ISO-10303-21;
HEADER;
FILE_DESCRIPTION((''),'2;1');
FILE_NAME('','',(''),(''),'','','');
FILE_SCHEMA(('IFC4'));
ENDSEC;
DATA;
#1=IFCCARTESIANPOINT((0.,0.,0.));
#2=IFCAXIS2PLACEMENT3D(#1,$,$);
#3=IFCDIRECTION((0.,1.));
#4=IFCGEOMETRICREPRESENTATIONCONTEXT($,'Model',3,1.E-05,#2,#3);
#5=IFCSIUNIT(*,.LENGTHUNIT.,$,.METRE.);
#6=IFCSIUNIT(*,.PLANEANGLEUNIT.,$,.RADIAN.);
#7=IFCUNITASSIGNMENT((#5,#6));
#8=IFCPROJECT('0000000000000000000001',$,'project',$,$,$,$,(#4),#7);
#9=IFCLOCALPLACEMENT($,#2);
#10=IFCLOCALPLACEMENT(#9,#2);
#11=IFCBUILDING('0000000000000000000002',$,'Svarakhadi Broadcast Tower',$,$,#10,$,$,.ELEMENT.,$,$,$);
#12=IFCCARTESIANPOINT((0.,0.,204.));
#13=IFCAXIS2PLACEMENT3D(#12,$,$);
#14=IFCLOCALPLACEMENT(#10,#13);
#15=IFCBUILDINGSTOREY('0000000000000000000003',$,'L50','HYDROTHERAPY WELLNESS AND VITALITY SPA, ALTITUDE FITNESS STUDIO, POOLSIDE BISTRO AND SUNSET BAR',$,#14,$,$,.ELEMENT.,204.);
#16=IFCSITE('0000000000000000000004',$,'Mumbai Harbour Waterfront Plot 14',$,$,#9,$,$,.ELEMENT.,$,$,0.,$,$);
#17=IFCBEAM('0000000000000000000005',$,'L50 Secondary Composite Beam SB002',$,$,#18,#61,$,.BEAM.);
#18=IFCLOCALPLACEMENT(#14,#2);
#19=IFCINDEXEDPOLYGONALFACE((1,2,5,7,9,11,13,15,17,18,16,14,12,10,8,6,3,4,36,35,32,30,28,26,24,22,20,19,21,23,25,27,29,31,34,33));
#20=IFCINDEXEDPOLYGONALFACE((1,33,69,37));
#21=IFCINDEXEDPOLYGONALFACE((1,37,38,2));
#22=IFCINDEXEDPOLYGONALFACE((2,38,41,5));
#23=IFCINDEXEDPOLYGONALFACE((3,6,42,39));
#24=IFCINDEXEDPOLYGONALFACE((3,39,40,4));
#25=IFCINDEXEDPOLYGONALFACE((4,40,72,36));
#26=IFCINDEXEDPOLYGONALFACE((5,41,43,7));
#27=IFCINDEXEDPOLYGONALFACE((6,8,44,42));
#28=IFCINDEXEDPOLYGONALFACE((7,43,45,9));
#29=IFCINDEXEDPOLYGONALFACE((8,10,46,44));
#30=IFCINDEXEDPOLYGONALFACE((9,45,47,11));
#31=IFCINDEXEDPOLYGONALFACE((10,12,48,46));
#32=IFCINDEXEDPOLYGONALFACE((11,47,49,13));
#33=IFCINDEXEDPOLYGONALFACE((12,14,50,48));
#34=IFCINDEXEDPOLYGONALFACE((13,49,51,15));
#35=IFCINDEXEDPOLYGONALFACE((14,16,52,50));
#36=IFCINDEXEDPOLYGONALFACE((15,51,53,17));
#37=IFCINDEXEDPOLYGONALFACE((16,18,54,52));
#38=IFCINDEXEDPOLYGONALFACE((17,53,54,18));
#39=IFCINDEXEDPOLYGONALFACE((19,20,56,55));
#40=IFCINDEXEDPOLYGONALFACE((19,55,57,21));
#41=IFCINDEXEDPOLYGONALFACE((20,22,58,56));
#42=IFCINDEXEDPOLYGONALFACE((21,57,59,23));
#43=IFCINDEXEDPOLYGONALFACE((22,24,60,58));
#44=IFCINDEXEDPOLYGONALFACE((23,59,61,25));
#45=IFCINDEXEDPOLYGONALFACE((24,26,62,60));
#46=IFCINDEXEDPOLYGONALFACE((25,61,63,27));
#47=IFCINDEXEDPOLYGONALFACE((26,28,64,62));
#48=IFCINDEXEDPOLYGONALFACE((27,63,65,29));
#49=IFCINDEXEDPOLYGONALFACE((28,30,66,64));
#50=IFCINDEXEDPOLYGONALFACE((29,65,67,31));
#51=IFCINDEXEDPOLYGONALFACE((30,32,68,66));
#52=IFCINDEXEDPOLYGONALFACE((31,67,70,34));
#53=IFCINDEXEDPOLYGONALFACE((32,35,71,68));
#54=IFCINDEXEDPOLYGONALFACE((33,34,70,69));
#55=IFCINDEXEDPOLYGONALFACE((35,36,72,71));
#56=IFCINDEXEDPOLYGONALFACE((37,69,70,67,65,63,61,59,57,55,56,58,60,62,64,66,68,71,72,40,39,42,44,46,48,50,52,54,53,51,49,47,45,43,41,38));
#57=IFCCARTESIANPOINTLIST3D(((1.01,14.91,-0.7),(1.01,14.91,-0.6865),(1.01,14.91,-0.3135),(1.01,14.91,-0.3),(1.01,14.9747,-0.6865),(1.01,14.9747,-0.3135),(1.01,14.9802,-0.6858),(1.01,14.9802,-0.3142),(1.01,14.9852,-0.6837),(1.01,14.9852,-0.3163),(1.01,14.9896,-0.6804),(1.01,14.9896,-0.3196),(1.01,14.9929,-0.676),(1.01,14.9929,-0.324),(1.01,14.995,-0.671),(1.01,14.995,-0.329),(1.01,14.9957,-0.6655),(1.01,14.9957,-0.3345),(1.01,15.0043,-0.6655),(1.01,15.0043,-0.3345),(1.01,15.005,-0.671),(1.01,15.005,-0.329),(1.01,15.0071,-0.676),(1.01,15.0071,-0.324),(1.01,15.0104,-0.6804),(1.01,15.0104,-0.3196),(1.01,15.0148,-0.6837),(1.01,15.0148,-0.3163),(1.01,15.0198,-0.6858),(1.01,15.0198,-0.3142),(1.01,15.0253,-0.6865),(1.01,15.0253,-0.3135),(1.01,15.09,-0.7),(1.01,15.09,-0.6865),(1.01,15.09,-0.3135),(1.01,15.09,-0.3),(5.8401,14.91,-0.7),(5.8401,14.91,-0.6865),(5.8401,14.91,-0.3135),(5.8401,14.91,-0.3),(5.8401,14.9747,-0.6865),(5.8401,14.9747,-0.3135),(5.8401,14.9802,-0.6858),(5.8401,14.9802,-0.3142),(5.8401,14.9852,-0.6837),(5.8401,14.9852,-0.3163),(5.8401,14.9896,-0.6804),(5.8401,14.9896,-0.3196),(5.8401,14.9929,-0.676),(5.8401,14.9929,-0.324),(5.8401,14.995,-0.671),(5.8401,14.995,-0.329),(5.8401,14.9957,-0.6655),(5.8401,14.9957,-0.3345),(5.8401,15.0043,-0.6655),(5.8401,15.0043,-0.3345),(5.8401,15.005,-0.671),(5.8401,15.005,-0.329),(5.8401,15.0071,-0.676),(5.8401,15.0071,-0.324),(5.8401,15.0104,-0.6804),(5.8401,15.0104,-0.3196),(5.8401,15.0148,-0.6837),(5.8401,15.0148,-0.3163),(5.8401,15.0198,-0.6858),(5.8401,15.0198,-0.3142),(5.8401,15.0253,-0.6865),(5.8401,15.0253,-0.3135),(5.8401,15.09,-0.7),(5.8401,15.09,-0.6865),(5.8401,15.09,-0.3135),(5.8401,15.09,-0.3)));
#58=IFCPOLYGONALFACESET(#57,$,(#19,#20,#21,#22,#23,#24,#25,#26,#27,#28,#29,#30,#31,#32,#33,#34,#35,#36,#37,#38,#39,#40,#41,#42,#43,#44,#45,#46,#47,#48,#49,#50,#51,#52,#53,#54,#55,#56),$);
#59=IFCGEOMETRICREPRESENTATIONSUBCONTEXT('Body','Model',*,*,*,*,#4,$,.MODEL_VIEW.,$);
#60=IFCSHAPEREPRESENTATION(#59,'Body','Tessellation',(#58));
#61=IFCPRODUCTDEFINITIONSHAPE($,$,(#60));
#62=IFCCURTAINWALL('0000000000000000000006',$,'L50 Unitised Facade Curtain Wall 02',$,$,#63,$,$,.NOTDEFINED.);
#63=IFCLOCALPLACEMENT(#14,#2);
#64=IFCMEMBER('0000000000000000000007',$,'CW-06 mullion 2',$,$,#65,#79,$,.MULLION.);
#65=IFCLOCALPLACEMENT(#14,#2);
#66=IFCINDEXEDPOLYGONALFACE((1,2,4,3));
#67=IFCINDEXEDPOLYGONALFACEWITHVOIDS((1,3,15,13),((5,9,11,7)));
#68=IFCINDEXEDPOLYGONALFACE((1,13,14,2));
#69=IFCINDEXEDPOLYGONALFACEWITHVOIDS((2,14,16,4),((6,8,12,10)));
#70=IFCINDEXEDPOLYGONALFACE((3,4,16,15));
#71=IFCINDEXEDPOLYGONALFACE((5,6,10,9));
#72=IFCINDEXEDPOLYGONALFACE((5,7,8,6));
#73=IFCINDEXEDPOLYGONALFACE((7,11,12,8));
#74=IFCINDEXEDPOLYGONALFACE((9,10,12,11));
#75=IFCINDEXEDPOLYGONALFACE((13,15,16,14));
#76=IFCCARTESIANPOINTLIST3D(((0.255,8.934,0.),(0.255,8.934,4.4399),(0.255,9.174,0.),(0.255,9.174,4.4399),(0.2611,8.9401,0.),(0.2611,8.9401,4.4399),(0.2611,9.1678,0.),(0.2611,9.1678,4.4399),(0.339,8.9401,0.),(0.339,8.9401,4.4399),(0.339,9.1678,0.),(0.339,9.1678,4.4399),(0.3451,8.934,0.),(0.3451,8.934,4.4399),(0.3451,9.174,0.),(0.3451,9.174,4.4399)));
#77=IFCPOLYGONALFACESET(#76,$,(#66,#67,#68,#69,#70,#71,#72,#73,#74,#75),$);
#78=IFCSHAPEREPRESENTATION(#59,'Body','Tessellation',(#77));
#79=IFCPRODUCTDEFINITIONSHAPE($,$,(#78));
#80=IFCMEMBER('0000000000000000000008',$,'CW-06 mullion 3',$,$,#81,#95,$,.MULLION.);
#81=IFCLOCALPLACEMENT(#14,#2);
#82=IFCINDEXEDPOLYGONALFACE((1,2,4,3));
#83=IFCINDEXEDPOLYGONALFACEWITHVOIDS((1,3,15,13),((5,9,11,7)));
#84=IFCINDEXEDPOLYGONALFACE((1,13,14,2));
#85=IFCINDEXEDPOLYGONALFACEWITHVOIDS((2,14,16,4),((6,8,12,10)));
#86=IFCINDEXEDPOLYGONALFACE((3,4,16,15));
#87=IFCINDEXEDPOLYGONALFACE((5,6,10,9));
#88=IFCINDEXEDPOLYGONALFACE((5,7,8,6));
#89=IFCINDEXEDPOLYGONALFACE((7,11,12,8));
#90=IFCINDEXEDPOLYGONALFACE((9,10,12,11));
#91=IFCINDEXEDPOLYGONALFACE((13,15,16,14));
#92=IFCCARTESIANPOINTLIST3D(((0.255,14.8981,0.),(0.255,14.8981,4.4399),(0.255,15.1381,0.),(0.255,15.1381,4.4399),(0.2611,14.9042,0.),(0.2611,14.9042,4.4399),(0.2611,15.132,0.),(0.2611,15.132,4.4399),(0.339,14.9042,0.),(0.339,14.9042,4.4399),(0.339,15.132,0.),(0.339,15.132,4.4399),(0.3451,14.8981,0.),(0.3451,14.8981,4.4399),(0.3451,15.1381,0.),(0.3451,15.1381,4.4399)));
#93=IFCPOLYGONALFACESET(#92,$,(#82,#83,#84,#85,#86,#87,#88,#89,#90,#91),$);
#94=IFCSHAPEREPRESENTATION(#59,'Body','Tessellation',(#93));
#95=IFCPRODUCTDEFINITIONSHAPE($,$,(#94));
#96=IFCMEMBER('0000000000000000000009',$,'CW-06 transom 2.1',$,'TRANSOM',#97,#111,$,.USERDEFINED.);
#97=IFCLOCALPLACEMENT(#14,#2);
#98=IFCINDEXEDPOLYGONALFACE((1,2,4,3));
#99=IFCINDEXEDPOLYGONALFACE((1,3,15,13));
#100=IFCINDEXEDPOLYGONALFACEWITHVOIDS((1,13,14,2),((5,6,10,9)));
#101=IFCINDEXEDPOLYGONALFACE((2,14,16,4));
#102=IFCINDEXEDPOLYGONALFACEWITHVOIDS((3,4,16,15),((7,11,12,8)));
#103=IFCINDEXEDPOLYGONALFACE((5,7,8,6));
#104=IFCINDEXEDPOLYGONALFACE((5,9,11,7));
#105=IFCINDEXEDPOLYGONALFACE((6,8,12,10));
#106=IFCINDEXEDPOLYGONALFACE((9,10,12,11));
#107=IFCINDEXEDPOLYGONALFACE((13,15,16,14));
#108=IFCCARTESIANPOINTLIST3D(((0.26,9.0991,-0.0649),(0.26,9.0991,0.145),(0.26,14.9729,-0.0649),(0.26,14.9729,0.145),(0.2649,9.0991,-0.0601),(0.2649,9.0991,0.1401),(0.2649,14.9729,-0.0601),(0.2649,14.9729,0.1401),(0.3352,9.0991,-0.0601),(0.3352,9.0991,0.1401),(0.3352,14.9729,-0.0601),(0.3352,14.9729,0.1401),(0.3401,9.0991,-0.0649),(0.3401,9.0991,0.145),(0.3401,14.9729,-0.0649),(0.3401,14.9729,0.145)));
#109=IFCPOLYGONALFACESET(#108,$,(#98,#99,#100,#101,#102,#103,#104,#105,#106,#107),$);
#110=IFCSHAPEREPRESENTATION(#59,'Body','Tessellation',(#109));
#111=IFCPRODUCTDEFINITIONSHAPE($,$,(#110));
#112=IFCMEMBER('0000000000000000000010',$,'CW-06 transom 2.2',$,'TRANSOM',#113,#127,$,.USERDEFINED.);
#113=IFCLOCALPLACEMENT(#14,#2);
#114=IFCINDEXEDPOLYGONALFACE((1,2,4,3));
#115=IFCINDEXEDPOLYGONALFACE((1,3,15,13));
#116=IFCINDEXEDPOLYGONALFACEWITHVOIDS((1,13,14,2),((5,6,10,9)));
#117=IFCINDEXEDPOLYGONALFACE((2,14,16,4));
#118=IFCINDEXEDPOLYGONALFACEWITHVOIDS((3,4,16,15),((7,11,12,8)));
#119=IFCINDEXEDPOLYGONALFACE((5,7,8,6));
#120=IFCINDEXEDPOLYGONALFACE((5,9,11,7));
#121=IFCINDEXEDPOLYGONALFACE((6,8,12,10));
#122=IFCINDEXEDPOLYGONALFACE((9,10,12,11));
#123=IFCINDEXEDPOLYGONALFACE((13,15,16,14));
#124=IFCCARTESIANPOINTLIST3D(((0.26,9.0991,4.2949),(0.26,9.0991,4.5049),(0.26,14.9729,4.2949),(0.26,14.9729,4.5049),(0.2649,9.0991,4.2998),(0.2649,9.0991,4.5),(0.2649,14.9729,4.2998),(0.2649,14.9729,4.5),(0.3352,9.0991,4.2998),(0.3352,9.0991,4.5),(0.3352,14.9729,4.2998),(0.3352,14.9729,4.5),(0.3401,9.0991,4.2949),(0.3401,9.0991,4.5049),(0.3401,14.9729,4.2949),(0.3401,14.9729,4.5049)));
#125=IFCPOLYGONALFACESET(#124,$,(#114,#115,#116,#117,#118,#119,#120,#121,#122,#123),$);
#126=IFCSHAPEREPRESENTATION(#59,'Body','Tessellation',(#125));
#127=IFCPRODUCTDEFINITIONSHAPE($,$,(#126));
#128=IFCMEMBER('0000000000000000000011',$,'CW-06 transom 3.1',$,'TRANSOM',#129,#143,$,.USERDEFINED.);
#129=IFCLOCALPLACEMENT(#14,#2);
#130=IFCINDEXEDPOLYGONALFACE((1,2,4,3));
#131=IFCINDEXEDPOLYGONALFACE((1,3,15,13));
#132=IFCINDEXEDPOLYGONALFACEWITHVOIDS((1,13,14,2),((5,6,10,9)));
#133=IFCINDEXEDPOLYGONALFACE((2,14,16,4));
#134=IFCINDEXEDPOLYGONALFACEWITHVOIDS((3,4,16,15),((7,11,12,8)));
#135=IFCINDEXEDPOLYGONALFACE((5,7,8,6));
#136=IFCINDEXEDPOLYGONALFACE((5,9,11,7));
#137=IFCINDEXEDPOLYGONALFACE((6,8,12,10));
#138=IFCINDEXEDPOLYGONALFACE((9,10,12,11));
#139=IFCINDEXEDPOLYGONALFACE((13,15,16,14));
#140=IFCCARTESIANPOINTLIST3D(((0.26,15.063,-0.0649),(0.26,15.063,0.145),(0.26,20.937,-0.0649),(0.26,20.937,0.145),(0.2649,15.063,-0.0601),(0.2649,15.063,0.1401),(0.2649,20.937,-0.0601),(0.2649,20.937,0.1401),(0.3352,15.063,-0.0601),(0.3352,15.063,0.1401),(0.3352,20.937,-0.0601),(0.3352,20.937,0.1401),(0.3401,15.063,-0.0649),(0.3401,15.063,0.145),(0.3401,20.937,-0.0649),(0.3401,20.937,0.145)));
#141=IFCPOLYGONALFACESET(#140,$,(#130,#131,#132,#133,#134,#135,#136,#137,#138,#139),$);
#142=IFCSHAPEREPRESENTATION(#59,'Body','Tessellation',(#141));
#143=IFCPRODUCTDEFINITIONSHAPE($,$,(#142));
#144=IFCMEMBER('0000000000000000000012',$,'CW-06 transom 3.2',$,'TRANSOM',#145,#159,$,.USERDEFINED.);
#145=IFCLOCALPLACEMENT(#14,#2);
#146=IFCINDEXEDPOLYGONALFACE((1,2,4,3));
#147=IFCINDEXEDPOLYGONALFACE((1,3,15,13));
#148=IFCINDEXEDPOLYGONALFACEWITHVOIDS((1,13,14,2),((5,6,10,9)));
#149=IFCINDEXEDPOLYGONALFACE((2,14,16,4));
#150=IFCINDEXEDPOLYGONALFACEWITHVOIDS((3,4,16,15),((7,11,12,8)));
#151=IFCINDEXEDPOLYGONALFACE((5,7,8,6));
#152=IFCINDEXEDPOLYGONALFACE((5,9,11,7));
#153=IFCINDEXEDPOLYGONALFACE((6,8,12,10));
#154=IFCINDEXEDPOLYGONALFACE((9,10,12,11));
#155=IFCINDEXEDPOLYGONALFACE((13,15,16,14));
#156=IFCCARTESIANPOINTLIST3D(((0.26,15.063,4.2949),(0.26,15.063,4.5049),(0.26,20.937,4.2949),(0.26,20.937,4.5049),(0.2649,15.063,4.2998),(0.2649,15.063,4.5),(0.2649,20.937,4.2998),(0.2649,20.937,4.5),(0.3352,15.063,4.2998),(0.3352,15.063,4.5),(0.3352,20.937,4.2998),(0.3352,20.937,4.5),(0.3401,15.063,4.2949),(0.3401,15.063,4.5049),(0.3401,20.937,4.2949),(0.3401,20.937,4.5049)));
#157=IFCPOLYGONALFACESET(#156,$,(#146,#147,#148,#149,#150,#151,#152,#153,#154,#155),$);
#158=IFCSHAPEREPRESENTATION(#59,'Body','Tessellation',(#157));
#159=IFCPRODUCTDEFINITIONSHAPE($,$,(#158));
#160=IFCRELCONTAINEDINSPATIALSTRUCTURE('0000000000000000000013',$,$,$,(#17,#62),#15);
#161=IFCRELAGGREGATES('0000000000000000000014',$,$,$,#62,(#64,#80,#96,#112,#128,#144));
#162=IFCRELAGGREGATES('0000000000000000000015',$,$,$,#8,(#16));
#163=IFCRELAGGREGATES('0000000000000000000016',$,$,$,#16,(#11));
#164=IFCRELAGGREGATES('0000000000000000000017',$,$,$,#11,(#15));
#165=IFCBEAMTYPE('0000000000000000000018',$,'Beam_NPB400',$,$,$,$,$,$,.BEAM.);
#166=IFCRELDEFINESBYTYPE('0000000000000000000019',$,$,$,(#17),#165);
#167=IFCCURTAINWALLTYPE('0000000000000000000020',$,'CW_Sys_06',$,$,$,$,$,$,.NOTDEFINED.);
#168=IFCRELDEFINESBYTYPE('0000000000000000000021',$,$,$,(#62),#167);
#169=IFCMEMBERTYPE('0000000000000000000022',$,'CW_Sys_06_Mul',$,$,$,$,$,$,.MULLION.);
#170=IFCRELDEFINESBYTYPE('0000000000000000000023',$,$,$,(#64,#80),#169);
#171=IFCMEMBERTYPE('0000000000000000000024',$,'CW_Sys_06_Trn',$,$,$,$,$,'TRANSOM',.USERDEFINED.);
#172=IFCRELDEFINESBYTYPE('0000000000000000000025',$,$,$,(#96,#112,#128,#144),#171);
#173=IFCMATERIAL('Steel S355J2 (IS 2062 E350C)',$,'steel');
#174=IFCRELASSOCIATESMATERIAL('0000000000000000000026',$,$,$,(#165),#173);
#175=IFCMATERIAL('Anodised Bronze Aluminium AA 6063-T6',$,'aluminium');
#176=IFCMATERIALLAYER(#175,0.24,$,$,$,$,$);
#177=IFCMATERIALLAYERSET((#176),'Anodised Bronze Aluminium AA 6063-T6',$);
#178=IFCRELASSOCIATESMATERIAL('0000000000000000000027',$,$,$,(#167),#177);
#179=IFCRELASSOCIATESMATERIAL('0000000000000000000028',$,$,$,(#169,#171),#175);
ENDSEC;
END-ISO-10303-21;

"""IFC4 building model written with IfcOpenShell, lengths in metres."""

from ifc_helpers import new_model, si_unit, direction, frame, origin, origin_2d, place, context, subcontext, project, spatial, hollow_rectangle, i_section, extrude, material, layer, layer_set, material_profile, profile_set, type_object, element, aggregate, save


model = new_model("IFC4")

# Units and contexts
model_context = context("Model", 3, precision=1e-05, world=origin(), true_north=direction((0.0, 1.0)))
body_context = subcontext(model_context, "Body", "Model", "MODEL_VIEW")
ifc_project = project(units=[si_unit("LENGTHUNIT", "METRE"), si_unit("PLANEANGLEUNIT", "RADIAN")], contexts=[model_context])

# Site, building, storey
site_placement = place(None, origin())
site = spatial("IfcSite", under=ifc_project, at=site_placement, Name="Mumbai Harbour Waterfront Plot 14", CompositionType="ELEMENT", RefElevation=0.0)
building_placement = place(site_placement, origin())
building = spatial("IfcBuilding", under=site, at=building_placement, Name="Svarakhadi Broadcast Tower", CompositionType="ELEMENT")
storey_placement = place(building_placement, frame((0.0, 0.0, 204.0)))
storey = spatial("IfcBuildingStorey", under=building, at=storey_placement, Name="L50", Description="HYDROTHERAPY WELLNESS AND VITALITY SPA, ALTITUDE FITNESS STUDIO, POOLSIDE BISTRO AND SUNSET BAR", CompositionType="ELEMENT", Elevation=204.0)

# Beam
ifc_material_1 = material(Name="Steel S355J2 (IS 2062 E350C)", Category="steel")
ifc_material_profile_1 = material_profile(ifc_material_1, i_section(OverallWidth=0.1799, OverallDepth=0.3999, WebThickness=0.0085, FlangeThickness=0.0134, FilletRadius=0.021, at=origin_2d()), Name="NPB 400x180x66")
ifc_profile_set_1 = profile_set([ifc_material_profile_1], Name="Steel S355J2 (IS 2062 E350C)")
beam_type_1 = type_object("IfcBeamType", Name="Beam_NPB400", PredefinedType="BEAM", material=ifc_profile_set_1)
for number, where, z_axis, x_axis, name in (
    (1, (1.01, 15.0, -0.5), (1.0, 0.0, 0.0), (0.0, 1.0, 0.0), "L50 Secondary Composite Beam SB002"),
):
    element("IfcBeam", number, at=place(storey_placement, frame(where, z_axis=z_axis, x_axis=x_axis)), inside=storey, type_object=beam_type_1, Name=name, PredefinedType="BEAM", context=body_context, shape_type="SweptSolid", body=[
        extrude(i_section(OverallWidth=0.1799, OverallDepth=0.3999, WebThickness=0.0085, FlangeThickness=0.0134, FilletRadius=0.021, at=origin_2d()), origin(), (0.0, 0.0, 1.0), 4.8301),
    ])

# Curtain wall, members
ifc_material_2 = material(Name="Anodised Bronze Aluminium AA 6063-T6", Category="aluminium")
ifc_layer_1 = layer(ifc_material_2, 0.24)
ifc_layer_set_1 = layer_set([ifc_layer_1], Name="Anodised Bronze Aluminium AA 6063-T6")
curtain_wall_type = type_object("IfcCurtainWallType", Name="CW_Sys_06", PredefinedType="NOTDEFINED", material=ifc_layer_set_1)
curtain_wall_placement = place(storey_placement, origin())
curtain_wall = element("IfcCurtainWall", 2, at=curtain_wall_placement, inside=storey, type_object=curtain_wall_type, Name="L50 Unitised Facade Curtain Wall 02", PredefinedType="NOTDEFINED")
ifc_material_profile_2 = material_profile(ifc_material_2, hollow_rectangle(XDim=0.0901, YDim=0.24, WallThickness=0.0061, at=origin_2d()), Name="ALU MULLION 240x90x6")
ifc_profile_set_2 = profile_set([ifc_material_profile_2], Name="Anodised Bronze Aluminium AA 6063-T6")
member_type_1 = type_object("IfcMemberType", Name="CW_Sys_06_Mul", PredefinedType="MULLION", material=ifc_profile_set_2)
member_1_placement = place(storey_placement, frame((0.3, 9.054, 0.0), z_axis=(0.0, 0.0, 1.0), x_axis=(-1.0, 0.0, 0.0)))
member_1 = element("IfcMember", 3, at=member_1_placement, type_object=member_type_1, Name="CW-06 mullion 2", PredefinedType="MULLION", context=body_context, shape_type="SweptSolid", body=[
    extrude(hollow_rectangle(XDim=0.0901, YDim=0.24, WallThickness=0.0061, at=origin_2d()), origin(), (0.0, 0.0, 1.0), 4.4399),
])
member_2_placement = place(storey_placement, frame((0.3, 15.0181, 0.0), z_axis=(0.0, 0.0, 1.0), x_axis=(-1.0, 0.0, 0.0)))
member_2 = element("IfcMember", 4, at=member_2_placement, type_object=member_type_1, Name="CW-06 mullion 3", PredefinedType="MULLION", context=body_context, shape_type="SweptSolid", body=[
    extrude(hollow_rectangle(XDim=0.0901, YDim=0.24, WallThickness=0.0061, at=origin_2d()), origin(), (0.0, 0.0, 1.0), 4.4399),
])
ifc_material_profile_3 = material_profile(ifc_material_2, hollow_rectangle(XDim=0.0801, YDim=0.21, WallThickness=0.0049, at=origin_2d()), Name="ALU TRANSOM 210x80x5")
ifc_profile_set_3 = profile_set([ifc_material_profile_3], Name="Anodised Bronze Aluminium AA 6063-T6")
member_type_2 = type_object("IfcMemberType", Name="CW_Sys_06_Trn", ElementType="TRANSOM", PredefinedType="USERDEFINED", material=ifc_profile_set_3)
member_3_placement = place(storey_placement, frame((0.3, 9.0991, 0.04), z_axis=(0.0, 1.0, 0.0), x_axis=(-1.0, 0.0, 0.0)))
member_3 = element("IfcMember", 5, at=member_3_placement, type_object=member_type_2, Name="CW-06 transom 2.1", ObjectType="TRANSOM", PredefinedType="USERDEFINED", context=body_context, shape_type="SweptSolid", body=[
    extrude(hollow_rectangle(XDim=0.0801, YDim=0.21, WallThickness=0.0049, at=origin_2d()), origin(), (0.0, 0.0, 1.0), 5.8738),
])
member_4_placement = place(storey_placement, frame((0.3, 9.0991, 4.3999), z_axis=(0.0, 1.0, 0.0), x_axis=(-1.0, 0.0, 0.0)))
member_4 = element("IfcMember", 6, at=member_4_placement, type_object=member_type_2, Name="CW-06 transom 2.2", ObjectType="TRANSOM", PredefinedType="USERDEFINED", context=body_context, shape_type="SweptSolid", body=[
    extrude(hollow_rectangle(XDim=0.0801, YDim=0.21, WallThickness=0.0049, at=origin_2d()), origin(), (0.0, 0.0, 1.0), 5.8738),
])
member_5_placement = place(storey_placement, frame((0.3, 15.063, 0.04), z_axis=(0.0, 1.0, 0.0), x_axis=(-1.0, 0.0, 0.0)))
member_5 = element("IfcMember", 7, at=member_5_placement, type_object=member_type_2, Name="CW-06 transom 3.1", ObjectType="TRANSOM", PredefinedType="USERDEFINED", context=body_context, shape_type="SweptSolid", body=[
    extrude(hollow_rectangle(XDim=0.0801, YDim=0.21, WallThickness=0.0049, at=origin_2d()), origin(), (0.0, 0.0, 1.0), 5.874),
])
member_6_placement = place(storey_placement, frame((0.3, 15.063, 4.3999), z_axis=(0.0, 1.0, 0.0), x_axis=(-1.0, 0.0, 0.0)))
member_6 = element("IfcMember", 8, at=member_6_placement, type_object=member_type_2, Name="CW-06 transom 3.2", ObjectType="TRANSOM", PredefinedType="USERDEFINED", context=body_context, shape_type="SweptSolid", body=[
    extrude(hollow_rectangle(XDim=0.0801, YDim=0.21, WallThickness=0.0049, at=origin_2d()), origin(), (0.0, 0.0, 1.0), 5.874),
])

aggregate(curtain_wall, [member_1, member_2, member_3, member_4, member_5, member_6])

save(model, "model.ifc")
